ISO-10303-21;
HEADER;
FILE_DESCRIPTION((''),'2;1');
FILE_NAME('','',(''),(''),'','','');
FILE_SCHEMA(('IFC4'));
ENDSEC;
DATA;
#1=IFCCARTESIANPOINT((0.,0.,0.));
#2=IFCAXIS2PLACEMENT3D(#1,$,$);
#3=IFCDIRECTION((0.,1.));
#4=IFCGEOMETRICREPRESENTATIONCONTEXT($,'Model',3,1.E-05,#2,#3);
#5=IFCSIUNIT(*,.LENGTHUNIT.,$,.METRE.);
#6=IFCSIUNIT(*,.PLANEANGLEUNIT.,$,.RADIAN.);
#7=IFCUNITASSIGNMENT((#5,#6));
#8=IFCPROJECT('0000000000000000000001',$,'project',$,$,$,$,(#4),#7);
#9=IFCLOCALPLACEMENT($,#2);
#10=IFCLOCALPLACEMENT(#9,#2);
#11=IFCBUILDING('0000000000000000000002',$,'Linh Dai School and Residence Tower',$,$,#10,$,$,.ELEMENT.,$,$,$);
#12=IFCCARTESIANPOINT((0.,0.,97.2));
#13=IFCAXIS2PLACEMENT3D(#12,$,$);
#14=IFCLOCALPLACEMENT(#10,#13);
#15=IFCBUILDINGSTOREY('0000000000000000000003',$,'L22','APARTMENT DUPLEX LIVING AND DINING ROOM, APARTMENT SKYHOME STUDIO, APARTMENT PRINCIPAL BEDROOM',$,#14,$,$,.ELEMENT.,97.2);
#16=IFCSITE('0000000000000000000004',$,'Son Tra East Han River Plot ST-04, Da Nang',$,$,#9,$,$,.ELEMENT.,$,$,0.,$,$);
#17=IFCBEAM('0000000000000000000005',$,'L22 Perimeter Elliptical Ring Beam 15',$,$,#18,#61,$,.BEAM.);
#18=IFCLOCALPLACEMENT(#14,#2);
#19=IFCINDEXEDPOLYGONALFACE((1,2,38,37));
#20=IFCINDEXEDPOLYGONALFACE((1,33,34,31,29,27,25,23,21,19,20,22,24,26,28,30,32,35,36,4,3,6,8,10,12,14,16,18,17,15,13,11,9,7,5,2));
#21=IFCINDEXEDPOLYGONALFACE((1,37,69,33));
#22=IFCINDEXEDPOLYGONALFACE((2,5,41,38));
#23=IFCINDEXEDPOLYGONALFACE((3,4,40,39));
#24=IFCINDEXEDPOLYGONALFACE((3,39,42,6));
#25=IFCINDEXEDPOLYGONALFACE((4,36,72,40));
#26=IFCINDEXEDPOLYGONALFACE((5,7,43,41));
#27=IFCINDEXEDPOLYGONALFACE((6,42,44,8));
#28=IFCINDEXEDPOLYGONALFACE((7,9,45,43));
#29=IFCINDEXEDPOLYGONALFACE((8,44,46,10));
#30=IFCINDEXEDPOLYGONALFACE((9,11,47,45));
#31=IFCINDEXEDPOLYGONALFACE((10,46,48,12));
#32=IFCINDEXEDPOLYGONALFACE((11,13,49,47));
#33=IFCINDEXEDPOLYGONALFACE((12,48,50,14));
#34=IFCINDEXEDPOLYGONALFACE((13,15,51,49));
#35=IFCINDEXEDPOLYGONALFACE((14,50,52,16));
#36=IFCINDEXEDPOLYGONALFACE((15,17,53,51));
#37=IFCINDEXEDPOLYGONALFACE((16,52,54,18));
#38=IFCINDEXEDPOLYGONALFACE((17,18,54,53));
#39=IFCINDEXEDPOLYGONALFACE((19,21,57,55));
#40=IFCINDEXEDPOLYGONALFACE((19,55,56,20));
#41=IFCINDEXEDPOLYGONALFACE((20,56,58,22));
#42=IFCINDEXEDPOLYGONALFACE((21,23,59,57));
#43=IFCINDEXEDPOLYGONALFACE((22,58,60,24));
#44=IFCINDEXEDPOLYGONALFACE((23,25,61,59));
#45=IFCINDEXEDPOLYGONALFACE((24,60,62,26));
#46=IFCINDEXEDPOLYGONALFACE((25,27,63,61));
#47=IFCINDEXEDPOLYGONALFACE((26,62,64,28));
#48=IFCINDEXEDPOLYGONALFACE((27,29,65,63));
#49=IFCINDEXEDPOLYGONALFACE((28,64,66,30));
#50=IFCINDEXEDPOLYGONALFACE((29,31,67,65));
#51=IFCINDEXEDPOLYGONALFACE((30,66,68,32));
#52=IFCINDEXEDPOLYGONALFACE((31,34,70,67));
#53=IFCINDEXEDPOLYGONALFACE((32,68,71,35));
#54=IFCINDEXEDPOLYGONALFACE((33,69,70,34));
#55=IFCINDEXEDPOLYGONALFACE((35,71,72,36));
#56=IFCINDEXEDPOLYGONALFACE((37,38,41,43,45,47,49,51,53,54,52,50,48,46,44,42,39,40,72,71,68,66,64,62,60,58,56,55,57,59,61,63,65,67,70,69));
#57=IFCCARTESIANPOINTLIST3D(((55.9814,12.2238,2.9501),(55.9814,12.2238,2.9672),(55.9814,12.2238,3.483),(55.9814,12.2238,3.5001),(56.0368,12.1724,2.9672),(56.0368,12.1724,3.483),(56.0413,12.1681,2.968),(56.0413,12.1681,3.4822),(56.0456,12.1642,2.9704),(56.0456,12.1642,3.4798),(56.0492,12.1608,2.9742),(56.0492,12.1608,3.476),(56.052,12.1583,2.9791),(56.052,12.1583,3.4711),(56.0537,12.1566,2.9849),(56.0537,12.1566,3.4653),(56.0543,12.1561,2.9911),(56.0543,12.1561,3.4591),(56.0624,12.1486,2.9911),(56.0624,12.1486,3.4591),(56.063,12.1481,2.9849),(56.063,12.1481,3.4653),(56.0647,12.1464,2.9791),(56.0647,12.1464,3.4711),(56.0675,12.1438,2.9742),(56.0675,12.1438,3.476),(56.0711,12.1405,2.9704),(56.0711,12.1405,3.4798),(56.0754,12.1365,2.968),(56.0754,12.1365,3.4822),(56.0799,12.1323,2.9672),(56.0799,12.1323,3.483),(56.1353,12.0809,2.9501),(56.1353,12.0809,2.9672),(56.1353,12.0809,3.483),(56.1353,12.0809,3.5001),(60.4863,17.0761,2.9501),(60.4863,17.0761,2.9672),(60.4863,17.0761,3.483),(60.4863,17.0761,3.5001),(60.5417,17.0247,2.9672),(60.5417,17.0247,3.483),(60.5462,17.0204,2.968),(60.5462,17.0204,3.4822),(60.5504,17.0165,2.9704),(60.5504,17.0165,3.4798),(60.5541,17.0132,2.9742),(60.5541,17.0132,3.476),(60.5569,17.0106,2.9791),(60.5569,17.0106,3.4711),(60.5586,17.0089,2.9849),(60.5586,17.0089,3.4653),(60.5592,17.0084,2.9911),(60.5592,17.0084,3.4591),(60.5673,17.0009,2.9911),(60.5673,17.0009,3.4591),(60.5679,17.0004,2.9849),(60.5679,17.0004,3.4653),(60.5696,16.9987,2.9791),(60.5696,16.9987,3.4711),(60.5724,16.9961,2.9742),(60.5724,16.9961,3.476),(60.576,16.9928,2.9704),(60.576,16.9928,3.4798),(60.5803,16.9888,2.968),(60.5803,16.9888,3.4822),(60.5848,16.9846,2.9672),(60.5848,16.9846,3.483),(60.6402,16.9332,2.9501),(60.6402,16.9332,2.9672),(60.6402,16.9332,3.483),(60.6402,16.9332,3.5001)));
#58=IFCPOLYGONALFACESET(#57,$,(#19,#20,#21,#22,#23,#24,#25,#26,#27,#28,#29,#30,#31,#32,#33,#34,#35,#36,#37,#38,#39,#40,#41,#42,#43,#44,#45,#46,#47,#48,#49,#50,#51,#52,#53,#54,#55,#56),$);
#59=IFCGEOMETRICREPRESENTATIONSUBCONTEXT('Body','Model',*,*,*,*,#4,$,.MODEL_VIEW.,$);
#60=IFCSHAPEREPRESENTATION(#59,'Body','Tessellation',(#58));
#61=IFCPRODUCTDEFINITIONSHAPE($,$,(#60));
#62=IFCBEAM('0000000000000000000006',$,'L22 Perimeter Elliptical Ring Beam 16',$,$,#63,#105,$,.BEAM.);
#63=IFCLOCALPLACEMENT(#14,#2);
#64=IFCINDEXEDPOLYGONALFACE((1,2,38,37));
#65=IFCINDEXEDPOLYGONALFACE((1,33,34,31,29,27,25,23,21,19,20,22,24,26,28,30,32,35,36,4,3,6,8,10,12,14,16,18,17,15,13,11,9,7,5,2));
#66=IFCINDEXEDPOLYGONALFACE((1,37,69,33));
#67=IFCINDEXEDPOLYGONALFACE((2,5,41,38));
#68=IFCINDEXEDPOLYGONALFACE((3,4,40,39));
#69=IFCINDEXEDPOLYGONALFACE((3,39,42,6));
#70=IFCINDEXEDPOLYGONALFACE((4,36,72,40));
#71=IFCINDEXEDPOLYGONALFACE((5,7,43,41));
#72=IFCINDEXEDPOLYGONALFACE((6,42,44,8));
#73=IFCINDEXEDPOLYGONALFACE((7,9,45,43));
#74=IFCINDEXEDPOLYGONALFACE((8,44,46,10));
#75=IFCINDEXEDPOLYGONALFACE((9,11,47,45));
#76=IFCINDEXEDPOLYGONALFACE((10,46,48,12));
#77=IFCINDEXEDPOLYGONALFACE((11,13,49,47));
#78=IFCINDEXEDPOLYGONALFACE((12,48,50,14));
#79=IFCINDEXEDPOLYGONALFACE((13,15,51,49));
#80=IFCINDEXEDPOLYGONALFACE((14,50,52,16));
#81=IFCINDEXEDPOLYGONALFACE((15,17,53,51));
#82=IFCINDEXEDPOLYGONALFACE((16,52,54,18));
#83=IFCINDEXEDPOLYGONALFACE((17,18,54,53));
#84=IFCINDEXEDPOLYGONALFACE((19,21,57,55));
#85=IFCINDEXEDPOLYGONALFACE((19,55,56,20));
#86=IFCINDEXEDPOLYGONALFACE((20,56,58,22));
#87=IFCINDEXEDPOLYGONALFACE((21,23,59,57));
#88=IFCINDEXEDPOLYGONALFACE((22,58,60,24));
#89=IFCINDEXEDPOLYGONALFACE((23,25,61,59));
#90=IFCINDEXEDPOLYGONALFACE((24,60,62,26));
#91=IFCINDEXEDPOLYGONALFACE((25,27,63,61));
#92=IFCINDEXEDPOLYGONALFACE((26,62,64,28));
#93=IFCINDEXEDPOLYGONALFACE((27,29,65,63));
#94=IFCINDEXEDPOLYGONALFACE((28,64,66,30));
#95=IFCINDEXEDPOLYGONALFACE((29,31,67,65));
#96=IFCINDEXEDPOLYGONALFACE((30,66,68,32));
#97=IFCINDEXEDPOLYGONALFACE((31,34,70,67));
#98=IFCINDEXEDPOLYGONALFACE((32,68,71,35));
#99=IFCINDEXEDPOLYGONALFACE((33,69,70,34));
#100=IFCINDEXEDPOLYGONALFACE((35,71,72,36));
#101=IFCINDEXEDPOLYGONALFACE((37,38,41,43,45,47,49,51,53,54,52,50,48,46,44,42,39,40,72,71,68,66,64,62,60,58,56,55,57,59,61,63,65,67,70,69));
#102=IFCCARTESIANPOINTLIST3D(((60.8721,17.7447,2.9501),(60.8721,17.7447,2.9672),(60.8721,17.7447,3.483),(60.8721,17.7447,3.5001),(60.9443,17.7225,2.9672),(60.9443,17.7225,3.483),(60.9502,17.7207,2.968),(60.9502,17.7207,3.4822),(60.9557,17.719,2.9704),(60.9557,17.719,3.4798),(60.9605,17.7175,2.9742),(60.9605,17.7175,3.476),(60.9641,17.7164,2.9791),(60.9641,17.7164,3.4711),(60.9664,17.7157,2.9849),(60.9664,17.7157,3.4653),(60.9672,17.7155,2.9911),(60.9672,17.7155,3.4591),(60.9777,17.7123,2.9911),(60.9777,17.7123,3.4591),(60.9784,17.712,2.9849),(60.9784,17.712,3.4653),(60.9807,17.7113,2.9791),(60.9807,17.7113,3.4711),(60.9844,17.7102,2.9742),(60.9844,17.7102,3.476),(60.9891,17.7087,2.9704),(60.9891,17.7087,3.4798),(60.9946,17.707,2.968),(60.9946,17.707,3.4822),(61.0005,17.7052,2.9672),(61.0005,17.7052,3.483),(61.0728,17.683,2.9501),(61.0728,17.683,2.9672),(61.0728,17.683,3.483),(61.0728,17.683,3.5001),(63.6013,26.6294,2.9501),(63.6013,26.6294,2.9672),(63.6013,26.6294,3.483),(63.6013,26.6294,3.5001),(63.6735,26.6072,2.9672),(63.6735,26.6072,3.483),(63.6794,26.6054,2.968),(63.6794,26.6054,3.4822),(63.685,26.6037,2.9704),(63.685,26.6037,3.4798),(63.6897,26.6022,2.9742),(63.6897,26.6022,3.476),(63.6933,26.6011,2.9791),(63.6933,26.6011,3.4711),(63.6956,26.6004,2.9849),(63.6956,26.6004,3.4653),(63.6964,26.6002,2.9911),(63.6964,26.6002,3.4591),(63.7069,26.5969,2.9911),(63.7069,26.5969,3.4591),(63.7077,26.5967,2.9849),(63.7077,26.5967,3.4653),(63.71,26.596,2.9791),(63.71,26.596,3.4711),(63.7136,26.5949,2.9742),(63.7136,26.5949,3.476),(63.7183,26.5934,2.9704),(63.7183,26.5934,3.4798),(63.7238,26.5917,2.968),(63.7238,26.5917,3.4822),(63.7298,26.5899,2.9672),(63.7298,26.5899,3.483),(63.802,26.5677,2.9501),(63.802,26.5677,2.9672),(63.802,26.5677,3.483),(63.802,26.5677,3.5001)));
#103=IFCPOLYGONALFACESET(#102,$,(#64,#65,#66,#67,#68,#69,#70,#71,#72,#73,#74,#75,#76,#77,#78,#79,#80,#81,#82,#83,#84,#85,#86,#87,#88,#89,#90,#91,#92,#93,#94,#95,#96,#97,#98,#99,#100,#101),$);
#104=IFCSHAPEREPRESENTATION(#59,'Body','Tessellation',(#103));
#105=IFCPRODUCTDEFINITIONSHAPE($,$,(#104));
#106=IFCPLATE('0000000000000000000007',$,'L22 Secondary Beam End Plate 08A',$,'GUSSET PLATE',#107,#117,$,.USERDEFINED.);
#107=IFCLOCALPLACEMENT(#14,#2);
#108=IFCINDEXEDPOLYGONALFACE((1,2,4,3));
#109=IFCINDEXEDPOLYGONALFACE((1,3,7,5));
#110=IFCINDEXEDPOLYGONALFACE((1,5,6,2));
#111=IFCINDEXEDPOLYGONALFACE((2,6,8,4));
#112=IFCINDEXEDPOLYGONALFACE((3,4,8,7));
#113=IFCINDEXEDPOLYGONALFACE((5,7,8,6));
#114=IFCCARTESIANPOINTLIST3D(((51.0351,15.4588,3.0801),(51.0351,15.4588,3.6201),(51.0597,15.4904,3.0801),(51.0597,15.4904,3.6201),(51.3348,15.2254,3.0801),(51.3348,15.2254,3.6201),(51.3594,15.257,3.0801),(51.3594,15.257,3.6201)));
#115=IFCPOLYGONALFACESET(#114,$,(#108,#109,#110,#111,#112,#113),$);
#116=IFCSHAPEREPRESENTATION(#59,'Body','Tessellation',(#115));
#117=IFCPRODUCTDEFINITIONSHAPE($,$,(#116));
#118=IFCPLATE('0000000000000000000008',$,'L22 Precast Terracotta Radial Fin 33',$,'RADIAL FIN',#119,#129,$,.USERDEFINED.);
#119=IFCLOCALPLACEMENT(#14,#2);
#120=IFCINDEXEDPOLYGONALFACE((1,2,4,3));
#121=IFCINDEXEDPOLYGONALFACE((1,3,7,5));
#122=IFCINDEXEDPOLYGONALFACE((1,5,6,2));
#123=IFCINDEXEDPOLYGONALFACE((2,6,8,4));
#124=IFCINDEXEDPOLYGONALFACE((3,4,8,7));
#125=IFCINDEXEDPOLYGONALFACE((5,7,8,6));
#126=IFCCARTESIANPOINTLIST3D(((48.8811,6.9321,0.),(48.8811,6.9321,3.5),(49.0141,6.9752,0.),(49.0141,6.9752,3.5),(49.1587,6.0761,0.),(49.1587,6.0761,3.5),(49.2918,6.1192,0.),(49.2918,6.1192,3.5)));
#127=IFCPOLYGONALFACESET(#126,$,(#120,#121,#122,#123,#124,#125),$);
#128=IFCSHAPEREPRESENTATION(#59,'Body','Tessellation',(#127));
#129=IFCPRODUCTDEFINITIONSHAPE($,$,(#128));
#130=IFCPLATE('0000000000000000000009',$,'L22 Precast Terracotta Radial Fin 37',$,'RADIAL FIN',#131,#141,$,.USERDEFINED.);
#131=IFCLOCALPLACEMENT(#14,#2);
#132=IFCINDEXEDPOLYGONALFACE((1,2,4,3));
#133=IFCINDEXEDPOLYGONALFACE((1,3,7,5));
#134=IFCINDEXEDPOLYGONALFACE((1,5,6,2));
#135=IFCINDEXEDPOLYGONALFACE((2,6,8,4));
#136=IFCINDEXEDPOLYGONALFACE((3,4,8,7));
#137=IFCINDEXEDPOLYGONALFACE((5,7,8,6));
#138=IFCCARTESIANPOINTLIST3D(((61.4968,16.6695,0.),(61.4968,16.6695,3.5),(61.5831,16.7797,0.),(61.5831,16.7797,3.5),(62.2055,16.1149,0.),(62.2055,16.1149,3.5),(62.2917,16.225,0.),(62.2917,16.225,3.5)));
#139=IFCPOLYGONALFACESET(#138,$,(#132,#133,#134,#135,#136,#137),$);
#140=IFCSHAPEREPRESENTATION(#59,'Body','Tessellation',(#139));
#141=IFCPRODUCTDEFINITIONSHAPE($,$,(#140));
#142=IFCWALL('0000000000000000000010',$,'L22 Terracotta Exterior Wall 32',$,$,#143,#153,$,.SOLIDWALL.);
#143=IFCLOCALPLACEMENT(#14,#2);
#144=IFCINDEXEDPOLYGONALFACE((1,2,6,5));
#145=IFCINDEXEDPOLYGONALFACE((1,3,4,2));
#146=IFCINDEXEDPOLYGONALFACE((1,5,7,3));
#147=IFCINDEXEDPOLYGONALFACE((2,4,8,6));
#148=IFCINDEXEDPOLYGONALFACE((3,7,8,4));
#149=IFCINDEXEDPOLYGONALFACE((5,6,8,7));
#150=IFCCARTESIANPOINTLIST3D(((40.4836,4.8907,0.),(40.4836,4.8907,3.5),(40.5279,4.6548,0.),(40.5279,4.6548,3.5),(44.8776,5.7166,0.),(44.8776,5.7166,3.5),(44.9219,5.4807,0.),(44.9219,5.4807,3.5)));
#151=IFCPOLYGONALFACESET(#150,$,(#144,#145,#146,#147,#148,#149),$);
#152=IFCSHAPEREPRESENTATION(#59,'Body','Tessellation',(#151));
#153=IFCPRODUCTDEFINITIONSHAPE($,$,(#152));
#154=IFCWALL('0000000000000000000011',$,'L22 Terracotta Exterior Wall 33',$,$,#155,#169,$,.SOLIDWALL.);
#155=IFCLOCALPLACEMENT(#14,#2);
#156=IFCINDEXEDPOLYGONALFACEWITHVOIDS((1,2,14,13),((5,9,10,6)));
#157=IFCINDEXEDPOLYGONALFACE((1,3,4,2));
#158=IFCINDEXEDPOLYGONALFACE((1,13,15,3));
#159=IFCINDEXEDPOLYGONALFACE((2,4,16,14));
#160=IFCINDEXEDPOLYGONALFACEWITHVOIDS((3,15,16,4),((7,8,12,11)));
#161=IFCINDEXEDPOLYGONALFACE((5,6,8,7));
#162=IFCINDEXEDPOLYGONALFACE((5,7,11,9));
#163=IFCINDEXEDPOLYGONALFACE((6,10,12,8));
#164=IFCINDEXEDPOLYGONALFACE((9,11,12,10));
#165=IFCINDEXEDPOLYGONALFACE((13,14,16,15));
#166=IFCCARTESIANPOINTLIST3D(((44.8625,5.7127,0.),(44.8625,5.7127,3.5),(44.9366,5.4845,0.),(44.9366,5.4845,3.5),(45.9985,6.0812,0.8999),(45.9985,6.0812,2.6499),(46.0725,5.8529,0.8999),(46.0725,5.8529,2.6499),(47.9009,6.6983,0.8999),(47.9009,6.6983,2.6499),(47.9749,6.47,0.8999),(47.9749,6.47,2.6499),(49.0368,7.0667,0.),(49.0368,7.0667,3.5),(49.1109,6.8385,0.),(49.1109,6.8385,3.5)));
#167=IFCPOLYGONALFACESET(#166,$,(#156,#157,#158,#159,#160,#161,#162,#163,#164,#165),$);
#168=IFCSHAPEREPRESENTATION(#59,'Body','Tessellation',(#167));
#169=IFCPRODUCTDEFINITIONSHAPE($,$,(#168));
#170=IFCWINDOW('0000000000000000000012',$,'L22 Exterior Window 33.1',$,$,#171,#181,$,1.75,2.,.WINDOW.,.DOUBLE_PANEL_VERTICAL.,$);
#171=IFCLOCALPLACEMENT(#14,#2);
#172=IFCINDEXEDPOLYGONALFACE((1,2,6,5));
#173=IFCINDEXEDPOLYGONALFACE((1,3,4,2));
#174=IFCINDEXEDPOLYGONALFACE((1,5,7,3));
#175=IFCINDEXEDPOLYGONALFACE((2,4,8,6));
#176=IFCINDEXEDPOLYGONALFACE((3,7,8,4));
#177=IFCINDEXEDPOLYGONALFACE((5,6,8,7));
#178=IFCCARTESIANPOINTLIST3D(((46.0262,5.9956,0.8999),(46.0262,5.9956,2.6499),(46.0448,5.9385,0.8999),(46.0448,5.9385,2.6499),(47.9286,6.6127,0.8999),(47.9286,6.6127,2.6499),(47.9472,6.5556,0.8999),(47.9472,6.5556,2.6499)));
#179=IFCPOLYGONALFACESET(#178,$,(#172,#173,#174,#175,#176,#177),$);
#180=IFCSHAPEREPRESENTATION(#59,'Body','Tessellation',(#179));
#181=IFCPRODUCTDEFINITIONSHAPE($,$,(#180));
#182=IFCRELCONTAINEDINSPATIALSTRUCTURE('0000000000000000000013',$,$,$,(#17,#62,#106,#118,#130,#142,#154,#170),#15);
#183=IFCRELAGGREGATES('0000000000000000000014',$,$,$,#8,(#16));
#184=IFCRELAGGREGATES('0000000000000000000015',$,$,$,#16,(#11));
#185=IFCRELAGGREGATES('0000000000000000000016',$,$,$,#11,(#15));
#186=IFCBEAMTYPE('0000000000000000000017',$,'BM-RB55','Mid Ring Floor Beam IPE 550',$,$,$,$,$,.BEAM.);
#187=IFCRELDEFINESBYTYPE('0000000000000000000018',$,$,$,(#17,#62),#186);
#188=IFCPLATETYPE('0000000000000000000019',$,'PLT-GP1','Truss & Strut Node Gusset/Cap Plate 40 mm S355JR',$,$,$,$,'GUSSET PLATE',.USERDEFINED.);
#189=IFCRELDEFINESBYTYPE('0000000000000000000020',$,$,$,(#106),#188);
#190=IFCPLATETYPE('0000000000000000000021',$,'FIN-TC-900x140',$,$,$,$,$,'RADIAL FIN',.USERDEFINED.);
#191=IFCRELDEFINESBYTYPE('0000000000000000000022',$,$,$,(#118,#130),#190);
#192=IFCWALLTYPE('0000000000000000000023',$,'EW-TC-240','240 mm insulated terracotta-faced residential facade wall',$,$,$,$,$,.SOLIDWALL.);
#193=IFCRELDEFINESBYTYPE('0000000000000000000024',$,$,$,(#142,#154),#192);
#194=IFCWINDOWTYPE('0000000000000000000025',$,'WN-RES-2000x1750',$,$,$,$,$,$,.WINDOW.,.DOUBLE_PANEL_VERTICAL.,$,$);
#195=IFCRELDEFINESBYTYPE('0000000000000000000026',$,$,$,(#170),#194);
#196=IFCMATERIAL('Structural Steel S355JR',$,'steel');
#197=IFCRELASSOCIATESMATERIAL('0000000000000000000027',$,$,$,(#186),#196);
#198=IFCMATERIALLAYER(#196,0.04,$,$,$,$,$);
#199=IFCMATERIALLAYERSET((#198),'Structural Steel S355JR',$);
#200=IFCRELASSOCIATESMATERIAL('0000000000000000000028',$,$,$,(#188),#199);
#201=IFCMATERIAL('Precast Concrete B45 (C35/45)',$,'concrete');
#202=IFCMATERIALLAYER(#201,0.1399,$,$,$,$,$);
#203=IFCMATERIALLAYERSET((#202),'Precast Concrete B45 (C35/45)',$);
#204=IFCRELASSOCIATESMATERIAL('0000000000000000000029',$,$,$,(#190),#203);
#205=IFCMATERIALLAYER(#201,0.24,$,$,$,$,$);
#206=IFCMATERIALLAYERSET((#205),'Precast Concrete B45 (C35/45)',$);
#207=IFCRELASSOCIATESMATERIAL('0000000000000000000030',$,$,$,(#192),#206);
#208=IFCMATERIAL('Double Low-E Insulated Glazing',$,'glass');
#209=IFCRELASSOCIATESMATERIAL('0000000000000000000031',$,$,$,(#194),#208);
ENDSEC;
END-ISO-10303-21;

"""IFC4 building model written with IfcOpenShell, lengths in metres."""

from ifc_helpers import new_model, si_unit, direction, frame, frame_2d, origin, origin_2d, place, context, subcontext, project, spatial, rectangle, i_section, extrude, source, transform, mapped, material, layer, layer_set, material_profile, profile_set, type_object, element, fill, save


model = new_model("IFC4")

# Units and contexts
model_context = context("Model", 3, precision=1e-05, world=origin(), true_north=direction((0.0, 1.0)))
body_context = subcontext(model_context, "Body", "Model", "MODEL_VIEW")
ifc_project = project(units=[si_unit("LENGTHUNIT", "METRE"), si_unit("PLANEANGLEUNIT", "RADIAN")], contexts=[model_context])

# Site, building, storey
site_placement = place(None, origin())
site = spatial("IfcSite", under=ifc_project, at=site_placement, Name="Son Tra East Han River Plot ST-04, Da Nang", CompositionType="ELEMENT", RefElevation=0.0)
building_placement = place(site_placement, origin())
building = spatial("IfcBuilding", under=site, at=building_placement, Name="Linh Dai School and Residence Tower", CompositionType="ELEMENT")
storey_placement = place(building_placement, frame((0.0, 0.0, 97.2)))
storey = spatial("IfcBuildingStorey", under=building, at=storey_placement, Name="L22", Description="APARTMENT DUPLEX LIVING AND DINING ROOM, APARTMENT SKYHOME STUDIO, APARTMENT PRINCIPAL BEDROOM", CompositionType="ELEMENT", Elevation=97.2)

# Shared definitions
ifc_material_1 = material(Name="Structural Steel S355JR", Category="steel")

# Beams
ifc_material_profile_1 = material_profile(ifc_material_1, i_section(OverallWidth=0.21, OverallDepth=0.55, WebThickness=0.011, FlangeThickness=0.0171, FilletRadius=0.0239, at=origin_2d()), Name="IPE 550")
ifc_profile_set_1 = profile_set([ifc_material_profile_1], Name="Structural Steel S355JR")
beam_type_1 = type_object("IfcBeamType", Name="BM-RB55", Description="Mid Ring Floor Beam IPE 550", PredefinedType="BEAM", material=ifc_profile_set_1)
beam_1_placement = place(storey_placement, frame((56.0583, 12.1523, 3.2251), z_axis=(0.680385, 0.732855, 0.0), x_axis=(-0.732855, 0.680385, 0.0)))
element("IfcBeam", 1, at=beam_1_placement, inside=storey, type_object=beam_type_1, Name="L22 Perimeter Elliptical Ring Beam 15", PredefinedType="BEAM", context=body_context, shape_type="SweptSolid", body=[
    extrude(i_section(OverallWidth=0.21, OverallDepth=0.55, WebThickness=0.011, FlangeThickness=0.0171, FilletRadius=0.0239, at=origin_2d()), origin(), (0.0, 0.0, 1.0), 6.6211),
])
beam_2_placement = place(storey_placement, frame((60.9724, 17.7139, 3.2251), z_axis=(0.293641, 0.955916, 0.0), x_axis=(-0.955916, 0.293641, 0.0)))
element("IfcBeam", 2, at=beam_2_placement, inside=storey, type_object=beam_type_1, Name="L22 Perimeter Elliptical Ring Beam 16", PredefinedType="BEAM", context=body_context, shape_type="SweptSolid", body=[
    extrude(i_section(OverallWidth=0.21, OverallDepth=0.55, WebThickness=0.011, FlangeThickness=0.0171, FilletRadius=0.0239, at=origin_2d()), origin(), (0.0, 0.0, 1.0), 9.2944),
])

# Plates
ifc_layer_1 = layer(ifc_material_1, 0.04)
ifc_layer_set_1 = layer_set([ifc_layer_1], Name="Structural Steel S355JR")
plate_type_1 = type_object("IfcPlateType", Name="PLT-GP1", Description="Truss & Strut Node Gusset/Cap Plate 40 mm S355JR", ElementType="GUSSET PLATE", PredefinedType="USERDEFINED", material=ifc_layer_set_1)
shared_shape_1 = source(origin(), body_context, "Body", "SweptSolid", [
    extrude(rectangle(XDim=0.04, YDim=0.3799, at=origin_2d()), origin(), (0.0, 0.0, 1.0), 0.54),
])
plate_placement = place(storey_placement, frame((51.1973, 15.3579, 3.0801), z_axis=(0.0, 0.0, 1.0), x_axis=(0.614363, 0.789024, 0.0)))
element("IfcPlate", 3, at=plate_placement, inside=storey, type_object=plate_type_1, Name="L22 Secondary Beam End Plate 08A", ObjectType="GUSSET PLATE", PredefinedType="USERDEFINED", context=body_context, shape_type="MappedRepresentation", body=[
    mapped(shared_shape_1, transform((0.0, 0.0, 0.0), x_axis=(1.0, 0.0, 0.0), y_axis=(0.0, 1.0, 0.0), z_axis=(0.0, 0.0, 1.0), scale=1.0)),
])
ifc_material_2 = material(Name="Precast Concrete B45 (C35/45)", Category="concrete")
ifc_layer_2 = layer(ifc_material_2, 0.1399)
ifc_layer_set_2 = layer_set([ifc_layer_2], Name="Precast Concrete B45 (C35/45)")
plate_type_2 = type_object("IfcPlateType", Name="FIN-TC-900x140", ElementType="RADIAL FIN", PredefinedType="USERDEFINED", material=ifc_layer_set_2)
shared_shape_2 = source(origin(), body_context, "Body", "SweptSolid", [
    extrude(rectangle(XDim=0.8999, YDim=0.1399, at=origin_2d()), origin(), (0.0, 0.0, 1.0), 3.5),
])
for number, where, z_axis, x_axis, name in (
    (4, (49.0864, 6.5256, 0.0), (0.0, 0.0, 1.0), (0.308522, -0.951217, 0.0), "L22 Precast Terracotta Radial Fin 33"),
    (5, (61.8943, 16.4473, 0.0), (0.0, 0.0, 1.0), (0.787508, -0.616305, 0.0), "L22 Precast Terracotta Radial Fin 37"),
):
    element("IfcPlate", number, at=place(storey_placement, frame(where, z_axis=z_axis, x_axis=x_axis)), inside=storey, type_object=plate_type_2, Name=name, ObjectType="RADIAL FIN", PredefinedType="USERDEFINED", context=body_context, shape_type="MappedRepresentation", body=[
        mapped(shared_shape_2, transform((0.0, 0.0, 0.0), x_axis=(1.0, 0.0, 0.0), y_axis=(0.0, 1.0, 0.0), z_axis=(0.0, 0.0, 1.0), scale=1.0)),
    ])

# Wall
ifc_layer_3 = layer(ifc_material_2, 0.24)
ifc_layer_set_3 = layer_set([ifc_layer_3], Name="Precast Concrete B45 (C35/45)")
wall_type_1 = type_object("IfcWallType", Name="EW-TC-240", Description="240 mm insulated terracotta-faced residential facade wall", PredefinedType="SOLIDWALL", material=ifc_layer_set_3)
wall_1_placement = place(storey_placement, frame((44.8997, 5.5986, 0.0), z_axis=(0.0, 0.0, 1.0), x_axis=(-0.982789, -0.18473, 0.0)))
element("IfcWall", 6, at=wall_1_placement, inside=storey, type_object=wall_type_1, Name="L22 Terracotta Exterior Wall 32", PredefinedType="SOLIDWALL", context=body_context, shape_type="SweptSolid", body=[
    extrude(rectangle(XDim=4.4709, YDim=0.24, at=frame_2d((2.2354, 0.0))), origin(), (0.0, 0.0, 1.0), 3.5),
])

# Wall, opening, window
wall_2_placement = place(storey_placement, frame((49.074, 6.9526, 0.0), z_axis=(0.0, 0.0, 1.0), x_axis=(-0.951211, -0.30854, 0.0)))
wall_2 = element("IfcWall", 7, at=wall_2_placement, inside=storey, type_object=wall_type_1, Name="L22 Terracotta Exterior Wall 33", PredefinedType="SOLIDWALL", context=body_context, shape_type="SweptSolid", body=[
    extrude(rectangle(XDim=4.3884, YDim=0.24, at=frame_2d((2.1943, 0.0))), origin(), (0.0, 0.0, 1.0), 3.5),
])
opening_1_placement = place(wall_2_placement, frame((1.1943, 0.0, 0.8999)))
opening_1 = element("IfcOpeningElement", 8, at=opening_1_placement, cuts=wall_2, PredefinedType="OPENING", context=body_context, shape_type="SweptSolid", body=[
    extrude(rectangle(XDim=2.0, YDim=1.75, at=origin_2d()), frame((1.0, 0.1299, 0.875), z_axis=(0.0, -1.0, 0.0), x_axis=(1.0, 0.0, 0.0)), (0.0, 0.0, 1.0), 0.26),
])
ifc_material_3 = material(Name="Double Low-E Insulated Glazing", Category="glass")
window_type = type_object("IfcWindowType", Name="WN-RES-2000x1750", PartitioningType="DOUBLE_PANEL_VERTICAL", PredefinedType="WINDOW", material=ifc_material_3)
shared_shape_3 = source(origin(), body_context, "Body", "SweptSolid", [
    extrude(rectangle(XDim=2.0, YDim=1.75, at=origin_2d()), frame((1.0, 0.03, 0.875), z_axis=(0.0, -1.0, 0.0), x_axis=(1.0, 0.0, 0.0)), (0.0, 0.0, 1.0), 0.0601),
])
window_1_placement = place(opening_1_placement, origin())
window_1 = element("IfcWindow", 9, at=window_1_placement, inside=storey, type_object=window_type, Name="L22 Exterior Window 33.1", OverallHeight=1.75, OverallWidth=2.0, PartitioningType="DOUBLE_PANEL_VERTICAL", PredefinedType="WINDOW", context=body_context, shape_type="MappedRepresentation", body=[
    mapped(shared_shape_3, transform((0.0, 0.0, 0.0), x_axis=(1.0, 0.0, 0.0), y_axis=(0.0, 1.0, 0.0), z_axis=(0.0, 0.0, 1.0), scale=1.0)),
])
fill(opening_1, window_1)

save(model, "model.ifc")
